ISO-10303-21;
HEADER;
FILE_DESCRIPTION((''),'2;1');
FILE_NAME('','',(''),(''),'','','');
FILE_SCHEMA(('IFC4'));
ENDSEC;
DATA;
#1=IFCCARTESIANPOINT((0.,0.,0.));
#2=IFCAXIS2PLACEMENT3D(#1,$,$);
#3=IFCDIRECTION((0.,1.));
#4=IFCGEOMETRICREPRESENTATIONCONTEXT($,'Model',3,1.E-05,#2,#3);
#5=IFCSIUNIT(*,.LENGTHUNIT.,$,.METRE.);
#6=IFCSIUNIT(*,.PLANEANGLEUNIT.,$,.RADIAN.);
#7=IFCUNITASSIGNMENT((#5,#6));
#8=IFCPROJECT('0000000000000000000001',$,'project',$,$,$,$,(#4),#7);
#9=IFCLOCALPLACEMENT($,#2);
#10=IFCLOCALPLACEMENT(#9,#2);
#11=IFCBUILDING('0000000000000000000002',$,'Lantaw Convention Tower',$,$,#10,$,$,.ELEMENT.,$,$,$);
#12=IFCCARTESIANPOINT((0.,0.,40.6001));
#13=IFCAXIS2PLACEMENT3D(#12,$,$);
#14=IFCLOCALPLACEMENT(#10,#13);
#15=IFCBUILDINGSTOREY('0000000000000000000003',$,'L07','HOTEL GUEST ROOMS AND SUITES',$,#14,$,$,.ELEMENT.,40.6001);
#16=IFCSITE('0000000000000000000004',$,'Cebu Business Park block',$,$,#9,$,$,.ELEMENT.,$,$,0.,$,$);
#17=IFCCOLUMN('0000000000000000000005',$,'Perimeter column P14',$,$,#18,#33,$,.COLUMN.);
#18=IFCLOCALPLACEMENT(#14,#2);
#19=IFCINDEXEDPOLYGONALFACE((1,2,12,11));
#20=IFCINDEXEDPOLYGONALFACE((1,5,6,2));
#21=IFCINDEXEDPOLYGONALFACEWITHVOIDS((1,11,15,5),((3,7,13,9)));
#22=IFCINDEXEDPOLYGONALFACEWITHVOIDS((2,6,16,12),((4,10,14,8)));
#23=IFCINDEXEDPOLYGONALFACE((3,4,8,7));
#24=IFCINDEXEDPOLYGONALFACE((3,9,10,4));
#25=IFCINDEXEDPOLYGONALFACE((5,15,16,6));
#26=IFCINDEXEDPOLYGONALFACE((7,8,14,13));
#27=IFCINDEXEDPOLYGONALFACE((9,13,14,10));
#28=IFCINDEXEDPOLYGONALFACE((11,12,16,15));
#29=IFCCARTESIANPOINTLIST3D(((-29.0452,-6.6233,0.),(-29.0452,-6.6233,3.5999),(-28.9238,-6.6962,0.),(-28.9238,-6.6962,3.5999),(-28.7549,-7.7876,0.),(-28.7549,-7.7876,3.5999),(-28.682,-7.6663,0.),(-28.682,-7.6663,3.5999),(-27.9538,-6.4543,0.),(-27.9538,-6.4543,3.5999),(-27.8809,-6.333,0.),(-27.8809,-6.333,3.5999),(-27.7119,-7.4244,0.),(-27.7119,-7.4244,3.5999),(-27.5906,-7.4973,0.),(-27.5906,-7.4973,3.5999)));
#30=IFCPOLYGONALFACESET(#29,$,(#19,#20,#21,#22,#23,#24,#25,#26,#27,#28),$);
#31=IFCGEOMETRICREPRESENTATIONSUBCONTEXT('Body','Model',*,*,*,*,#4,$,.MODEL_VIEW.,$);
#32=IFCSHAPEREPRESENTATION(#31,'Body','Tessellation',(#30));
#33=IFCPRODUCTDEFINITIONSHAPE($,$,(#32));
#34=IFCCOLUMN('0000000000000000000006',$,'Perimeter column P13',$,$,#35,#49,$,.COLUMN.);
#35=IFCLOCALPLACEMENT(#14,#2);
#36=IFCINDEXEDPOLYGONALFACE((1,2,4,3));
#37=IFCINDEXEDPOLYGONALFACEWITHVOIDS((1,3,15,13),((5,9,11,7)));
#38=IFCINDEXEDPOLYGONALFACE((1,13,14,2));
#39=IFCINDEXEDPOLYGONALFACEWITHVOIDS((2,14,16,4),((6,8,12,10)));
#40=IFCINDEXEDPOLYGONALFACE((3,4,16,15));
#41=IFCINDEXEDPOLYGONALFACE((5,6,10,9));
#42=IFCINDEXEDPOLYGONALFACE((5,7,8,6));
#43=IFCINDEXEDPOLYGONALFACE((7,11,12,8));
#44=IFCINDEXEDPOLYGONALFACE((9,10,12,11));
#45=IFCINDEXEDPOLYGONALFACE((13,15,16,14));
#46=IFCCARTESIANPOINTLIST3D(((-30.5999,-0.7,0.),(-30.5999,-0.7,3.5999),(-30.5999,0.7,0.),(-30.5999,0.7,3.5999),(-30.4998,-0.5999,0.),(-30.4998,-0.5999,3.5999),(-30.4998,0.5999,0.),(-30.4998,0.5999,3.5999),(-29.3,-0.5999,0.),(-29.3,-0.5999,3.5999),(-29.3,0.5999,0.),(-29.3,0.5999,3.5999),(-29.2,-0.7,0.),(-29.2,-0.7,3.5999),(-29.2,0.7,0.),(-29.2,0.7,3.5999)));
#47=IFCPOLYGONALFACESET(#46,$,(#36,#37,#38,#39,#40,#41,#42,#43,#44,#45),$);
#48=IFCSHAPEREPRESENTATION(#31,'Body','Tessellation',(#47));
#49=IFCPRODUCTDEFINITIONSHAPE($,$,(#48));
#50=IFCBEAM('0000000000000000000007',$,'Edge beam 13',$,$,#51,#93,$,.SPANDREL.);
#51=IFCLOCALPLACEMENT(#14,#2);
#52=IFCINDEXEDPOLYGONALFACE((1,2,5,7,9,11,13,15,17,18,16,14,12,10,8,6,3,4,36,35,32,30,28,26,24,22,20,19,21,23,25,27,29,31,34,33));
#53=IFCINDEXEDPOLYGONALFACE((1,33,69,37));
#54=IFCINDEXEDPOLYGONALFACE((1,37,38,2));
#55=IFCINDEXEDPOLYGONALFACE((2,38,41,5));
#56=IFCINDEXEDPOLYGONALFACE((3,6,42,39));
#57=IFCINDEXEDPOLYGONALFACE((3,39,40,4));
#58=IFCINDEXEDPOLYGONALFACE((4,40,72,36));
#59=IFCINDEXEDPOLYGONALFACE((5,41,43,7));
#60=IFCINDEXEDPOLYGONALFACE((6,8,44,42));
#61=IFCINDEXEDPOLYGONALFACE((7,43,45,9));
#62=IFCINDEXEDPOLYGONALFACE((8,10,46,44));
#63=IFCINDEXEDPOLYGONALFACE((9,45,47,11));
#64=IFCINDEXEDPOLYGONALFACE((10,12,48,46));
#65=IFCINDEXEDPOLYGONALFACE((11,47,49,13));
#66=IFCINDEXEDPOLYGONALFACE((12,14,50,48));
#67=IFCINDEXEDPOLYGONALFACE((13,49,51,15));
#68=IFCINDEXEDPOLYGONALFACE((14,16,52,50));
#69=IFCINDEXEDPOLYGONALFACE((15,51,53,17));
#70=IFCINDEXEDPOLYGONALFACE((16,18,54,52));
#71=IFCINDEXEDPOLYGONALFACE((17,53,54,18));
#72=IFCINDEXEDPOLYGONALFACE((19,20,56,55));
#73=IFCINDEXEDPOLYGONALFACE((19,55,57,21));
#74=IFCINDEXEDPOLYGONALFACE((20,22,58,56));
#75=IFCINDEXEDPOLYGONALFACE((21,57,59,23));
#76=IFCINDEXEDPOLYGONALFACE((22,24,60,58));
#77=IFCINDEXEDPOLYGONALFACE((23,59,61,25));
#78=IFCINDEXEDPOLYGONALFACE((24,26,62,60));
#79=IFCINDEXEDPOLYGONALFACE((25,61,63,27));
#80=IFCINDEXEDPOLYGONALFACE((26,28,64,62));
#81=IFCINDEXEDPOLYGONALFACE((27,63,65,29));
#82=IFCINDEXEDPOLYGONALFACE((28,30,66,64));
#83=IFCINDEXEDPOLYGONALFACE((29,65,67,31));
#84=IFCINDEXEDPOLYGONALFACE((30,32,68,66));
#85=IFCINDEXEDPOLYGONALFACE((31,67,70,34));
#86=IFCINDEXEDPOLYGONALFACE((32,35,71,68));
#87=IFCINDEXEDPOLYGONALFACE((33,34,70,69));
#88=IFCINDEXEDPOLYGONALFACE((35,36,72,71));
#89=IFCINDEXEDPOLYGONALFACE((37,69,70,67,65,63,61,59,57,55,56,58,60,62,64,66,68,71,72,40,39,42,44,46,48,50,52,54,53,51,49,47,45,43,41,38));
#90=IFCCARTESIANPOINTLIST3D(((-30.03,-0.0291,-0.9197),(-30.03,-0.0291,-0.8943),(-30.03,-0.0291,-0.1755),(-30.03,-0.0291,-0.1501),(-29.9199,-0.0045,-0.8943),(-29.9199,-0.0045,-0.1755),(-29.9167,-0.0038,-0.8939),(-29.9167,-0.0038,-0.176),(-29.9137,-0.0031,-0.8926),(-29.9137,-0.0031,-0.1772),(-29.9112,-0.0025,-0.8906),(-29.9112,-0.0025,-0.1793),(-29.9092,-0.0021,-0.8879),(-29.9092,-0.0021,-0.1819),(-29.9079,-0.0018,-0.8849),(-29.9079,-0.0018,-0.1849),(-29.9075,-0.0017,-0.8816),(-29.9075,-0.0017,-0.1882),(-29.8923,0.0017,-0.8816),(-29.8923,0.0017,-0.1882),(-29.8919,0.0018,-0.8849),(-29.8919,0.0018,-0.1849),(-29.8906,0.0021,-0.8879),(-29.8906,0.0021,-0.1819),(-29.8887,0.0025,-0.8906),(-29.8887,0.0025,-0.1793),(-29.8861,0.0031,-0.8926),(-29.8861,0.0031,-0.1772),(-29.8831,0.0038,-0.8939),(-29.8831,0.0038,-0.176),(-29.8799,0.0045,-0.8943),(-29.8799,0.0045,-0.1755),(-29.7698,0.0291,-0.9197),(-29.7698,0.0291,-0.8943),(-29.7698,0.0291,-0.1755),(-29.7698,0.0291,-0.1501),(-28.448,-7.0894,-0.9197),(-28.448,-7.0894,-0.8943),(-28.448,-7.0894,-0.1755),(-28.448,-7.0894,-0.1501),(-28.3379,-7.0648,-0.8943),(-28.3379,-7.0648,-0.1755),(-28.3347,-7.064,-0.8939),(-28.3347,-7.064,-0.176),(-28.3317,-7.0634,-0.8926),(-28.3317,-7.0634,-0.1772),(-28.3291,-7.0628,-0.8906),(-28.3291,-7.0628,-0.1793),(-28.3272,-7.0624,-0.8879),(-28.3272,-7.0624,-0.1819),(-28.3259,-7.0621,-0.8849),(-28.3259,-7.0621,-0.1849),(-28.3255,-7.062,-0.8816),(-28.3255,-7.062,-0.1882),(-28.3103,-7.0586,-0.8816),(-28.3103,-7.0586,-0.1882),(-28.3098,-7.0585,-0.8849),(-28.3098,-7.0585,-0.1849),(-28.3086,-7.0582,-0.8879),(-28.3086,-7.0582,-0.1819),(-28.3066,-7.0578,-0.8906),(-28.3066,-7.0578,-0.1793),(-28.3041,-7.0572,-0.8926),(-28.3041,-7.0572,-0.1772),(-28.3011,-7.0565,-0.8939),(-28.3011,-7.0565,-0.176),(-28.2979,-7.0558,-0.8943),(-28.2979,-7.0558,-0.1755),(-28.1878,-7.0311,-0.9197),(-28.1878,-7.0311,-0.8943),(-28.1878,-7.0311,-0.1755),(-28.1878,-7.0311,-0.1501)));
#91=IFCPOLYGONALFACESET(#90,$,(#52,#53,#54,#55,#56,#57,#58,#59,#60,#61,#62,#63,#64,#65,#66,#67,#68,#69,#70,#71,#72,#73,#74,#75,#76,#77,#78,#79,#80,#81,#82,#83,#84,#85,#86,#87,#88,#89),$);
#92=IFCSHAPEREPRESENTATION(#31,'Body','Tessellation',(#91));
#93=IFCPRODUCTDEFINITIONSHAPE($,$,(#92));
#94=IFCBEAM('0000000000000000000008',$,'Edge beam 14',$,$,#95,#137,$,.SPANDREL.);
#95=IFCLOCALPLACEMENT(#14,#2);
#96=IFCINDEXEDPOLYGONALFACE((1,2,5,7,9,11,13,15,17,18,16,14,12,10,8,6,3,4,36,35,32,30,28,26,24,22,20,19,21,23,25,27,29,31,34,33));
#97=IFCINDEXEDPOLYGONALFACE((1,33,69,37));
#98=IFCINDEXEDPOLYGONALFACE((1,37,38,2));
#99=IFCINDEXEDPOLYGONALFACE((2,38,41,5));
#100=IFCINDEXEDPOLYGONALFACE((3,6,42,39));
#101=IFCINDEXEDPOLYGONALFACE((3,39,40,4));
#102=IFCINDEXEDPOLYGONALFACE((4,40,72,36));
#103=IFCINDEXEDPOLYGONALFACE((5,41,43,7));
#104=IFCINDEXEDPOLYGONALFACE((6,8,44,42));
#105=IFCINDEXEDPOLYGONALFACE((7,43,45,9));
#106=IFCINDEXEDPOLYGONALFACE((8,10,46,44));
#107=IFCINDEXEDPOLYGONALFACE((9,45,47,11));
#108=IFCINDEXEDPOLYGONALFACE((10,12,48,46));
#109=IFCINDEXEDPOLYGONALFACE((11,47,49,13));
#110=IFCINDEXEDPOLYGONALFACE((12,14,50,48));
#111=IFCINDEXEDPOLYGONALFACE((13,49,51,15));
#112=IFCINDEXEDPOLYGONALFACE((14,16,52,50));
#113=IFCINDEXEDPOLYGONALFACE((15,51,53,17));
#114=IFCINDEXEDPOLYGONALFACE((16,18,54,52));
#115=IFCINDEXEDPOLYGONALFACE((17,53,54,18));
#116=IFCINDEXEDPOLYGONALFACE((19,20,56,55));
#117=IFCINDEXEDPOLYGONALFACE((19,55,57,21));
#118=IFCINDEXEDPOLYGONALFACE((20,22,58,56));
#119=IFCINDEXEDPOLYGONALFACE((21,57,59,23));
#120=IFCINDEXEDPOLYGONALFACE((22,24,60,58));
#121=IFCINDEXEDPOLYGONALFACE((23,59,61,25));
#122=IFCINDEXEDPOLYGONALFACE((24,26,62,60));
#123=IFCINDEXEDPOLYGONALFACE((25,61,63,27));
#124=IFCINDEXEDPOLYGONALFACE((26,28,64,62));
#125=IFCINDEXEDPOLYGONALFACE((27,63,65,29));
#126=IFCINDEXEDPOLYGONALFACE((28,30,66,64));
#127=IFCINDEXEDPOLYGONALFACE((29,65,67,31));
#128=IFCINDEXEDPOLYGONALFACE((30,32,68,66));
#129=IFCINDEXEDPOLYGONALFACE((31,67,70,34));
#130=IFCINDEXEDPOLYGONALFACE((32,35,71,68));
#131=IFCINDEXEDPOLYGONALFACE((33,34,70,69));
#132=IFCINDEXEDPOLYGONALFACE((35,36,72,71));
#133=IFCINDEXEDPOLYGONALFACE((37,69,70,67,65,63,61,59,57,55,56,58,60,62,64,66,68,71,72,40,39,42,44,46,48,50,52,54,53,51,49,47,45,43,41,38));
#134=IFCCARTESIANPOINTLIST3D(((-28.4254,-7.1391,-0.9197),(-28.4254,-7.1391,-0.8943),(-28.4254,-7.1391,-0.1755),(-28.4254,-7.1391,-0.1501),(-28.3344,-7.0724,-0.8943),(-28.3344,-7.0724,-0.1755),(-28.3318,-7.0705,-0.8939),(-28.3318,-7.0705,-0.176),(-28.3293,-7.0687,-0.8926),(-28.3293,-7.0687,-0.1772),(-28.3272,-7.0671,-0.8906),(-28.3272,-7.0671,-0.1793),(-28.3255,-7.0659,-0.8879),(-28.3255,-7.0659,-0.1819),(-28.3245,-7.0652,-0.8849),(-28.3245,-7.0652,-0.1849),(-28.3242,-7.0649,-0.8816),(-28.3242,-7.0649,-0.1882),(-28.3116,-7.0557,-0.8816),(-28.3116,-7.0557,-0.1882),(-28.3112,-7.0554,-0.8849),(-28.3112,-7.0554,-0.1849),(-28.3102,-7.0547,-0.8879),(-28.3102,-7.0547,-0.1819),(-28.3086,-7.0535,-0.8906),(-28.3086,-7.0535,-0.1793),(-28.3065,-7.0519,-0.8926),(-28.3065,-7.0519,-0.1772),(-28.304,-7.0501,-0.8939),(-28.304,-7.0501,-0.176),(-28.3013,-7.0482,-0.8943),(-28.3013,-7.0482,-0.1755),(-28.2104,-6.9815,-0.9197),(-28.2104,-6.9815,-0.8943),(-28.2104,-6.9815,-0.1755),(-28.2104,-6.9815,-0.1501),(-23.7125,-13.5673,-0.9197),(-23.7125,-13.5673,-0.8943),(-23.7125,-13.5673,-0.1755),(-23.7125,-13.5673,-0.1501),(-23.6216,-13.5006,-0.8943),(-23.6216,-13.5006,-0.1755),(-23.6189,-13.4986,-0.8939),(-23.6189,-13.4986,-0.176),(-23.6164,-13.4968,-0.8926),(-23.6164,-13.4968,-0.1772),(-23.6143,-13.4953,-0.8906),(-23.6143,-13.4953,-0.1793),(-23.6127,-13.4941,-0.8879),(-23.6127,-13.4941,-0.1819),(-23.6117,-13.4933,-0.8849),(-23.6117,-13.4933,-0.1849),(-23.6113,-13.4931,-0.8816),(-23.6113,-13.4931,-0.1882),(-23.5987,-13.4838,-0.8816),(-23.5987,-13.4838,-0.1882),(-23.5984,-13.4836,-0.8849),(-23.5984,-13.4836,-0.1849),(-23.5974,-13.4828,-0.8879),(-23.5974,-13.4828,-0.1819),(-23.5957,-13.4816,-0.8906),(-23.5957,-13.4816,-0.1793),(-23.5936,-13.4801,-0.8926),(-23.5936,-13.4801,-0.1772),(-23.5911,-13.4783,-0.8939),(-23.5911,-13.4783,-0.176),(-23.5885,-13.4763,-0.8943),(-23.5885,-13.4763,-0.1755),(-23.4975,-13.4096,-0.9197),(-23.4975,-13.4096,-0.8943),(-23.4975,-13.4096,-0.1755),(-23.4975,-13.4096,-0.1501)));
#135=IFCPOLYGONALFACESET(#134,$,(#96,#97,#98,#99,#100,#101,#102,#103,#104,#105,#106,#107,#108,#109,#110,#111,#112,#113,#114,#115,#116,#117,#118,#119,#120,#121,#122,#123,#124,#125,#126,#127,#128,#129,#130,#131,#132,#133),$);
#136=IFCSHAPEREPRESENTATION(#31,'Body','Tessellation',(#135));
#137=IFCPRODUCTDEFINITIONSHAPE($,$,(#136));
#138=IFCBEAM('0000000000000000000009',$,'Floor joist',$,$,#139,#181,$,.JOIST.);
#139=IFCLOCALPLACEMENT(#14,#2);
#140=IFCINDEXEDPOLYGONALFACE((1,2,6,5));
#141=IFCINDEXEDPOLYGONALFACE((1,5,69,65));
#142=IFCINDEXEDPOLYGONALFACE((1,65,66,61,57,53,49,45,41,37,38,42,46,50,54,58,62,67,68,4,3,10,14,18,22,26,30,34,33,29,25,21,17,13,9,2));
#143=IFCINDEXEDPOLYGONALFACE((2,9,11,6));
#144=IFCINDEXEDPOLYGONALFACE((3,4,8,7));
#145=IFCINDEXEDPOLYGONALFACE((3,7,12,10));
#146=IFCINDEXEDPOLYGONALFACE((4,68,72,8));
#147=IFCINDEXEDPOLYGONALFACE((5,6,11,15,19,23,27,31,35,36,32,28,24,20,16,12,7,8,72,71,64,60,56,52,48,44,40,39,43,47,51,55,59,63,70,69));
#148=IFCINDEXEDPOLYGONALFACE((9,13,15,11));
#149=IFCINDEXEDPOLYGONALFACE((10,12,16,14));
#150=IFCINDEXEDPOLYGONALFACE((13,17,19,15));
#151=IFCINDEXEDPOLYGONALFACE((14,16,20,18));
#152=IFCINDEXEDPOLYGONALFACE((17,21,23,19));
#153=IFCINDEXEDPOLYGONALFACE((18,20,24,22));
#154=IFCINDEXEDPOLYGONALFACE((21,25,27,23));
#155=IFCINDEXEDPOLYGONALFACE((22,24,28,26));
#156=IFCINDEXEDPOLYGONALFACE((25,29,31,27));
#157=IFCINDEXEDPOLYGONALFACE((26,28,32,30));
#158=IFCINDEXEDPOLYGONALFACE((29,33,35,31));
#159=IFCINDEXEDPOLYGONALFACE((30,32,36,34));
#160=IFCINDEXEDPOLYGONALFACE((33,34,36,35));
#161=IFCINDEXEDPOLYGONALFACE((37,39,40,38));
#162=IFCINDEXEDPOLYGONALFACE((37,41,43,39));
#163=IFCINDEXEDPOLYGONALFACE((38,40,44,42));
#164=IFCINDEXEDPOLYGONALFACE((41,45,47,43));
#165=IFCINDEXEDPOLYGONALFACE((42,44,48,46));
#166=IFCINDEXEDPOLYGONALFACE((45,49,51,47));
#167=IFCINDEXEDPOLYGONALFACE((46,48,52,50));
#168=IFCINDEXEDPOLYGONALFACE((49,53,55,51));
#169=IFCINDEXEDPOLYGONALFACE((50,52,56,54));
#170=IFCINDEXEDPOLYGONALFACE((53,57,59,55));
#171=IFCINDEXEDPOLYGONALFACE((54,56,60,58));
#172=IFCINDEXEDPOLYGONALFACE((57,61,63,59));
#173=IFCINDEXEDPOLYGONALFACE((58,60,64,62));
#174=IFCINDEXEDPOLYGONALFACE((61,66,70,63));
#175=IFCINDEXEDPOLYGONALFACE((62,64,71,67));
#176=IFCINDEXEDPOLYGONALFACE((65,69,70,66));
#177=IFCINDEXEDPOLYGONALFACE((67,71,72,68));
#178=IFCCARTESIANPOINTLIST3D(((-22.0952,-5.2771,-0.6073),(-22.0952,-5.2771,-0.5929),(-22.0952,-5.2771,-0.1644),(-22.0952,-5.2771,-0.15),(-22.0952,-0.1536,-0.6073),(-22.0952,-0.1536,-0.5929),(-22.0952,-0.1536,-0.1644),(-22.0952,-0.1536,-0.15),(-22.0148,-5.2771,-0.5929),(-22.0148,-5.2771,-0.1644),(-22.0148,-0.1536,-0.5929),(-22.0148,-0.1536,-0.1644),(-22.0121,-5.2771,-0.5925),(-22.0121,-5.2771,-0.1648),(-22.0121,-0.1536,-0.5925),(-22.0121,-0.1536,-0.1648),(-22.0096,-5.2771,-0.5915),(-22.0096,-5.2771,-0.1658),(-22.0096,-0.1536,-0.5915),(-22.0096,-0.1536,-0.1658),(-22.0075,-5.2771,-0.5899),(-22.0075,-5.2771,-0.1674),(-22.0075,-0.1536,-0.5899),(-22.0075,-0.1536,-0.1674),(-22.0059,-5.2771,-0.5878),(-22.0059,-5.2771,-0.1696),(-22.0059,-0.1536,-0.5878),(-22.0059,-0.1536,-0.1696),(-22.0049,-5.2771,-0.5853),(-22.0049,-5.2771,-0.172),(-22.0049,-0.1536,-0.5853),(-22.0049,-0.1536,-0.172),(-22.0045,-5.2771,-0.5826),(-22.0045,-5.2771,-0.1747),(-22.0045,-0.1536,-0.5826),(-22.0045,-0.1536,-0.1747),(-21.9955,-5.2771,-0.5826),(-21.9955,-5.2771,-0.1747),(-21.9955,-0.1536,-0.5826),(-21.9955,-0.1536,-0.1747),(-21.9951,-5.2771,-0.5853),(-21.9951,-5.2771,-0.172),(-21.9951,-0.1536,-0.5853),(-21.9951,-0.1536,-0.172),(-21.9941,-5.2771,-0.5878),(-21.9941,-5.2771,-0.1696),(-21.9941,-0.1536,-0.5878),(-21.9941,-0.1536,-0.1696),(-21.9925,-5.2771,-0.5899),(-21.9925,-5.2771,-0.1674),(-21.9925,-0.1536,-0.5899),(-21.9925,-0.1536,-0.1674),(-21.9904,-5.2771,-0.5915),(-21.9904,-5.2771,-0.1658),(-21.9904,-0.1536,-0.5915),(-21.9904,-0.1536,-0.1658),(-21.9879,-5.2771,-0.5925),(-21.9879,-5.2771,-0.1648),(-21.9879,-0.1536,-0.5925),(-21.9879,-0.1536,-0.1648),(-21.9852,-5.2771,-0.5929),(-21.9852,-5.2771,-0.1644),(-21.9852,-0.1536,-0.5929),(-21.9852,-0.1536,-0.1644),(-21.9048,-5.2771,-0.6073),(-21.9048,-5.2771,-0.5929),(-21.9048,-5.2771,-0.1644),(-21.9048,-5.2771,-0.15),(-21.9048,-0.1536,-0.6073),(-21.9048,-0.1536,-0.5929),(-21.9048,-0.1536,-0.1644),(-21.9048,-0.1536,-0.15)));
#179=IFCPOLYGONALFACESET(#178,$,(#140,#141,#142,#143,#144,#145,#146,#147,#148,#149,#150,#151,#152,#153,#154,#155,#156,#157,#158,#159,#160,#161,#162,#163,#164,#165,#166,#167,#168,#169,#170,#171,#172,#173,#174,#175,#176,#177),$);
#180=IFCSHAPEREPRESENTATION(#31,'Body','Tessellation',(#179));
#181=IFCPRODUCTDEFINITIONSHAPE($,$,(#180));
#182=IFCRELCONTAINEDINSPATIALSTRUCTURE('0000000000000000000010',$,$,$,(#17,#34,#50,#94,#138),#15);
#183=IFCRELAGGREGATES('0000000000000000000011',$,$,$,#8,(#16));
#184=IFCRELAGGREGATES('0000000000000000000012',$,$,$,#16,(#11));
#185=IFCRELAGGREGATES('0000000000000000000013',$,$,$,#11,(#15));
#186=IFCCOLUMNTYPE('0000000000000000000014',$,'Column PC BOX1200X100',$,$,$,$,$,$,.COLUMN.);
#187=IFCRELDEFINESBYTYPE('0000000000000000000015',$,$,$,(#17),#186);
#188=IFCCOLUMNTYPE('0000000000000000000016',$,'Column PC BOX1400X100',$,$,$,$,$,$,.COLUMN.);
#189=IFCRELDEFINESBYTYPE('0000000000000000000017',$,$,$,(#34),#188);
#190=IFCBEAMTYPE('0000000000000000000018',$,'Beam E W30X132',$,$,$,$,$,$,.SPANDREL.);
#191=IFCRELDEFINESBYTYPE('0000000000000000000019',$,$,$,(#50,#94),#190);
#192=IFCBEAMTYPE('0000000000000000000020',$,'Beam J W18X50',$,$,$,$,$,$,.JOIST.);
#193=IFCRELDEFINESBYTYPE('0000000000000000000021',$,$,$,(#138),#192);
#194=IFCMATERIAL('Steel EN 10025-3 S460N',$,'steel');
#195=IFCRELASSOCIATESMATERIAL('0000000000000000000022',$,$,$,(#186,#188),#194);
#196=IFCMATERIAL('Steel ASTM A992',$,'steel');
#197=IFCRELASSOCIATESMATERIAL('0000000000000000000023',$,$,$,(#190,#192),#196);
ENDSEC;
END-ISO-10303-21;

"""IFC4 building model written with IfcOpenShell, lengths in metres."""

from ifc_helpers import new_model, si_unit, direction, frame, origin, origin_2d, place, context, subcontext, project, spatial, rectangle, hollow_rectangle, i_section, extrude, material, material_profile, profile_set, type_object, element, save


model = new_model("IFC4")

# Units and contexts
model_context = context("Model", 3, precision=1e-05, world=origin(), true_north=direction((0.0, 1.0)))
body_context = subcontext(model_context, "Body", "Model", "MODEL_VIEW")
ifc_project = project(units=[si_unit("LENGTHUNIT", "METRE"), si_unit("PLANEANGLEUNIT", "RADIAN")], contexts=[model_context])

# Site, building, storey
site_placement = place(None, origin())
site = spatial("IfcSite", under=ifc_project, at=site_placement, Name="Cebu Business Park block", CompositionType="ELEMENT", RefElevation=0.0)
building_placement = place(site_placement, origin())
building = spatial("IfcBuilding", under=site, at=building_placement, Name="Lantaw Convention Tower", CompositionType="ELEMENT")
storey_placement = place(building_placement, frame((0.0, 0.0, 40.6001)))
storey = spatial("IfcBuildingStorey", under=building, at=storey_placement, Name="L07", Description="HOTEL GUEST ROOMS AND SUITES", CompositionType="ELEMENT", Elevation=40.6001)

# Columns
ifc_material_1 = material(Name="Steel EN 10025-3 S460N", Category="steel")
ifc_material_profile_1 = material_profile(ifc_material_1, hollow_rectangle(XDim=1.2, YDim=1.2, WallThickness=0.1001, at=origin_2d()), Name="BOX1200X100")
ifc_material_2 = material(Name="Concrete C60/75", Category="concrete")
ifc_material_profile_2 = material_profile(ifc_material_2, rectangle(XDim=1.0, YDim=1.0, at=origin_2d()), Name="Concrete fill of BOX1200X100")
ifc_profile_set_1 = profile_set([ifc_material_profile_1, ifc_material_profile_2], Name="Steel EN 10025-3 S460N")
column_type_1 = type_object("IfcColumnType", Name="Column PC BOX1200X100", PredefinedType="COLUMN", material=ifc_profile_set_1)
column_1_placement = place(storey_placement, frame((-28.3179, -7.0603, 0.0), z_axis=(0.0, 0.0, 1.0), x_axis=(0.970296, 0.241922, 0.0)))
element("IfcColumn", 1, at=column_1_placement, inside=storey, type_object=column_type_1, Name="Perimeter column P14", PredefinedType="COLUMN", context=body_context, shape_type="SweptSolid", body=[
    extrude(hollow_rectangle(XDim=1.2, YDim=1.2, WallThickness=0.1001, at=origin_2d()), origin(), (0.0, 0.0, 1.0), 3.5999),
])
ifc_material_profile_3 = material_profile(ifc_material_1, hollow_rectangle(XDim=1.3999, YDim=1.3999, WallThickness=0.1001, at=origin_2d()), Name="BOX1400X100")
ifc_material_profile_4 = material_profile(ifc_material_2, rectangle(XDim=1.2, YDim=1.2, at=origin_2d()), Name="Concrete fill of BOX1400X100")
ifc_profile_set_2 = profile_set([ifc_material_profile_3, ifc_material_profile_4], Name="Steel EN 10025-3 S460N")
column_type_2 = type_object("IfcColumnType", Name="Column PC BOX1400X100", PredefinedType="COLUMN", material=ifc_profile_set_2)
column_2_placement = place(storey_placement, frame((-29.8999, 0.0, 0.0), z_axis=(0.0, 0.0, 1.0), x_axis=(1.0, 0.0, 0.0)))
element("IfcColumn", 2, at=column_2_placement, inside=storey, type_object=column_type_2, Name="Perimeter column P13", PredefinedType="COLUMN", context=body_context, shape_type="SweptSolid", body=[
    extrude(hollow_rectangle(XDim=1.3999, YDim=1.3999, WallThickness=0.1001, at=origin_2d()), origin(), (0.0, 0.0, 1.0), 3.5999),
])

# Beams
ifc_material_3 = material(Name="Steel ASTM A992", Category="steel")
ifc_material_profile_5 = material_profile(ifc_material_3, i_section(OverallWidth=0.2666, OverallDepth=0.7695, WebThickness=0.0156, FlangeThickness=0.0254, FilletRadius=0.0127, at=origin_2d()), Name="W30X132")
ifc_profile_set_3 = profile_set([ifc_material_profile_5], Name="Steel ASTM A992")
beam_type_1 = type_object("IfcBeamType", Name="Beam E W30X132", PredefinedType="SPANDREL", material=ifc_profile_set_3)
beam_1_placement = place(storey_placement, frame((-29.8999, 0.0, -0.5349), z_axis=(0.218652, -0.975803, 0.0), x_axis=(0.975803, 0.218652, 0.0)))
element("IfcBeam", 3, at=beam_1_placement, inside=storey, type_object=beam_type_1, Name="Edge beam 13", PredefinedType="SPANDREL", context=body_context, shape_type="SweptSolid", body=[
    extrude(i_section(OverallWidth=0.2666, OverallDepth=0.7695, WebThickness=0.0156, FlangeThickness=0.0254, FilletRadius=0.0127, at=origin_2d()), origin(), (0.0, 0.0, 1.0), 7.2354),
])
beam_2_placement = place(storey_placement, frame((-28.3179, -7.0603, -0.5349), z_axis=(0.591271, -0.806473, 0.0), x_axis=(0.806473, 0.591271, 0.0)))
element("IfcBeam", 4, at=beam_2_placement, inside=storey, type_object=beam_type_1, Name="Edge beam 14", PredefinedType="SPANDREL", context=body_context, shape_type="SweptSolid", body=[
    extrude(i_section(OverallWidth=0.2666, OverallDepth=0.7695, WebThickness=0.0156, FlangeThickness=0.0254, FilletRadius=0.0127, at=origin_2d()), origin(), (0.0, 0.0, 1.0), 7.9707),
])
ifc_material_profile_6 = material_profile(ifc_material_3, i_section(OverallWidth=0.1904, OverallDepth=0.4573, WebThickness=0.009, FlangeThickness=0.0144, FilletRadius=0.0103, at=origin_2d()), Name="W18X50")
ifc_profile_set_4 = profile_set([ifc_material_profile_6], Name="Steel ASTM A992")
beam_type_2 = type_object("IfcBeamType", Name="Beam J W18X50", PredefinedType="JOIST", material=ifc_profile_set_4)
beam_3_placement = place(storey_placement, frame((-22.0, -5.2771, -0.3787), z_axis=(0.0, 1.0, 0.0), x_axis=(-1.0, 0.0, 0.0)))
element("IfcBeam", 5, at=beam_3_placement, inside=storey, type_object=beam_type_2, Name="Floor joist", PredefinedType="JOIST", context=body_context, shape_type="SweptSolid", body=[
    extrude(i_section(OverallWidth=0.1904, OverallDepth=0.4573, WebThickness=0.009, FlangeThickness=0.0144, FilletRadius=0.0103, at=origin_2d()), origin(), (0.0, 0.0, 1.0), 5.1235),
])

save(model, "model.ifc")
